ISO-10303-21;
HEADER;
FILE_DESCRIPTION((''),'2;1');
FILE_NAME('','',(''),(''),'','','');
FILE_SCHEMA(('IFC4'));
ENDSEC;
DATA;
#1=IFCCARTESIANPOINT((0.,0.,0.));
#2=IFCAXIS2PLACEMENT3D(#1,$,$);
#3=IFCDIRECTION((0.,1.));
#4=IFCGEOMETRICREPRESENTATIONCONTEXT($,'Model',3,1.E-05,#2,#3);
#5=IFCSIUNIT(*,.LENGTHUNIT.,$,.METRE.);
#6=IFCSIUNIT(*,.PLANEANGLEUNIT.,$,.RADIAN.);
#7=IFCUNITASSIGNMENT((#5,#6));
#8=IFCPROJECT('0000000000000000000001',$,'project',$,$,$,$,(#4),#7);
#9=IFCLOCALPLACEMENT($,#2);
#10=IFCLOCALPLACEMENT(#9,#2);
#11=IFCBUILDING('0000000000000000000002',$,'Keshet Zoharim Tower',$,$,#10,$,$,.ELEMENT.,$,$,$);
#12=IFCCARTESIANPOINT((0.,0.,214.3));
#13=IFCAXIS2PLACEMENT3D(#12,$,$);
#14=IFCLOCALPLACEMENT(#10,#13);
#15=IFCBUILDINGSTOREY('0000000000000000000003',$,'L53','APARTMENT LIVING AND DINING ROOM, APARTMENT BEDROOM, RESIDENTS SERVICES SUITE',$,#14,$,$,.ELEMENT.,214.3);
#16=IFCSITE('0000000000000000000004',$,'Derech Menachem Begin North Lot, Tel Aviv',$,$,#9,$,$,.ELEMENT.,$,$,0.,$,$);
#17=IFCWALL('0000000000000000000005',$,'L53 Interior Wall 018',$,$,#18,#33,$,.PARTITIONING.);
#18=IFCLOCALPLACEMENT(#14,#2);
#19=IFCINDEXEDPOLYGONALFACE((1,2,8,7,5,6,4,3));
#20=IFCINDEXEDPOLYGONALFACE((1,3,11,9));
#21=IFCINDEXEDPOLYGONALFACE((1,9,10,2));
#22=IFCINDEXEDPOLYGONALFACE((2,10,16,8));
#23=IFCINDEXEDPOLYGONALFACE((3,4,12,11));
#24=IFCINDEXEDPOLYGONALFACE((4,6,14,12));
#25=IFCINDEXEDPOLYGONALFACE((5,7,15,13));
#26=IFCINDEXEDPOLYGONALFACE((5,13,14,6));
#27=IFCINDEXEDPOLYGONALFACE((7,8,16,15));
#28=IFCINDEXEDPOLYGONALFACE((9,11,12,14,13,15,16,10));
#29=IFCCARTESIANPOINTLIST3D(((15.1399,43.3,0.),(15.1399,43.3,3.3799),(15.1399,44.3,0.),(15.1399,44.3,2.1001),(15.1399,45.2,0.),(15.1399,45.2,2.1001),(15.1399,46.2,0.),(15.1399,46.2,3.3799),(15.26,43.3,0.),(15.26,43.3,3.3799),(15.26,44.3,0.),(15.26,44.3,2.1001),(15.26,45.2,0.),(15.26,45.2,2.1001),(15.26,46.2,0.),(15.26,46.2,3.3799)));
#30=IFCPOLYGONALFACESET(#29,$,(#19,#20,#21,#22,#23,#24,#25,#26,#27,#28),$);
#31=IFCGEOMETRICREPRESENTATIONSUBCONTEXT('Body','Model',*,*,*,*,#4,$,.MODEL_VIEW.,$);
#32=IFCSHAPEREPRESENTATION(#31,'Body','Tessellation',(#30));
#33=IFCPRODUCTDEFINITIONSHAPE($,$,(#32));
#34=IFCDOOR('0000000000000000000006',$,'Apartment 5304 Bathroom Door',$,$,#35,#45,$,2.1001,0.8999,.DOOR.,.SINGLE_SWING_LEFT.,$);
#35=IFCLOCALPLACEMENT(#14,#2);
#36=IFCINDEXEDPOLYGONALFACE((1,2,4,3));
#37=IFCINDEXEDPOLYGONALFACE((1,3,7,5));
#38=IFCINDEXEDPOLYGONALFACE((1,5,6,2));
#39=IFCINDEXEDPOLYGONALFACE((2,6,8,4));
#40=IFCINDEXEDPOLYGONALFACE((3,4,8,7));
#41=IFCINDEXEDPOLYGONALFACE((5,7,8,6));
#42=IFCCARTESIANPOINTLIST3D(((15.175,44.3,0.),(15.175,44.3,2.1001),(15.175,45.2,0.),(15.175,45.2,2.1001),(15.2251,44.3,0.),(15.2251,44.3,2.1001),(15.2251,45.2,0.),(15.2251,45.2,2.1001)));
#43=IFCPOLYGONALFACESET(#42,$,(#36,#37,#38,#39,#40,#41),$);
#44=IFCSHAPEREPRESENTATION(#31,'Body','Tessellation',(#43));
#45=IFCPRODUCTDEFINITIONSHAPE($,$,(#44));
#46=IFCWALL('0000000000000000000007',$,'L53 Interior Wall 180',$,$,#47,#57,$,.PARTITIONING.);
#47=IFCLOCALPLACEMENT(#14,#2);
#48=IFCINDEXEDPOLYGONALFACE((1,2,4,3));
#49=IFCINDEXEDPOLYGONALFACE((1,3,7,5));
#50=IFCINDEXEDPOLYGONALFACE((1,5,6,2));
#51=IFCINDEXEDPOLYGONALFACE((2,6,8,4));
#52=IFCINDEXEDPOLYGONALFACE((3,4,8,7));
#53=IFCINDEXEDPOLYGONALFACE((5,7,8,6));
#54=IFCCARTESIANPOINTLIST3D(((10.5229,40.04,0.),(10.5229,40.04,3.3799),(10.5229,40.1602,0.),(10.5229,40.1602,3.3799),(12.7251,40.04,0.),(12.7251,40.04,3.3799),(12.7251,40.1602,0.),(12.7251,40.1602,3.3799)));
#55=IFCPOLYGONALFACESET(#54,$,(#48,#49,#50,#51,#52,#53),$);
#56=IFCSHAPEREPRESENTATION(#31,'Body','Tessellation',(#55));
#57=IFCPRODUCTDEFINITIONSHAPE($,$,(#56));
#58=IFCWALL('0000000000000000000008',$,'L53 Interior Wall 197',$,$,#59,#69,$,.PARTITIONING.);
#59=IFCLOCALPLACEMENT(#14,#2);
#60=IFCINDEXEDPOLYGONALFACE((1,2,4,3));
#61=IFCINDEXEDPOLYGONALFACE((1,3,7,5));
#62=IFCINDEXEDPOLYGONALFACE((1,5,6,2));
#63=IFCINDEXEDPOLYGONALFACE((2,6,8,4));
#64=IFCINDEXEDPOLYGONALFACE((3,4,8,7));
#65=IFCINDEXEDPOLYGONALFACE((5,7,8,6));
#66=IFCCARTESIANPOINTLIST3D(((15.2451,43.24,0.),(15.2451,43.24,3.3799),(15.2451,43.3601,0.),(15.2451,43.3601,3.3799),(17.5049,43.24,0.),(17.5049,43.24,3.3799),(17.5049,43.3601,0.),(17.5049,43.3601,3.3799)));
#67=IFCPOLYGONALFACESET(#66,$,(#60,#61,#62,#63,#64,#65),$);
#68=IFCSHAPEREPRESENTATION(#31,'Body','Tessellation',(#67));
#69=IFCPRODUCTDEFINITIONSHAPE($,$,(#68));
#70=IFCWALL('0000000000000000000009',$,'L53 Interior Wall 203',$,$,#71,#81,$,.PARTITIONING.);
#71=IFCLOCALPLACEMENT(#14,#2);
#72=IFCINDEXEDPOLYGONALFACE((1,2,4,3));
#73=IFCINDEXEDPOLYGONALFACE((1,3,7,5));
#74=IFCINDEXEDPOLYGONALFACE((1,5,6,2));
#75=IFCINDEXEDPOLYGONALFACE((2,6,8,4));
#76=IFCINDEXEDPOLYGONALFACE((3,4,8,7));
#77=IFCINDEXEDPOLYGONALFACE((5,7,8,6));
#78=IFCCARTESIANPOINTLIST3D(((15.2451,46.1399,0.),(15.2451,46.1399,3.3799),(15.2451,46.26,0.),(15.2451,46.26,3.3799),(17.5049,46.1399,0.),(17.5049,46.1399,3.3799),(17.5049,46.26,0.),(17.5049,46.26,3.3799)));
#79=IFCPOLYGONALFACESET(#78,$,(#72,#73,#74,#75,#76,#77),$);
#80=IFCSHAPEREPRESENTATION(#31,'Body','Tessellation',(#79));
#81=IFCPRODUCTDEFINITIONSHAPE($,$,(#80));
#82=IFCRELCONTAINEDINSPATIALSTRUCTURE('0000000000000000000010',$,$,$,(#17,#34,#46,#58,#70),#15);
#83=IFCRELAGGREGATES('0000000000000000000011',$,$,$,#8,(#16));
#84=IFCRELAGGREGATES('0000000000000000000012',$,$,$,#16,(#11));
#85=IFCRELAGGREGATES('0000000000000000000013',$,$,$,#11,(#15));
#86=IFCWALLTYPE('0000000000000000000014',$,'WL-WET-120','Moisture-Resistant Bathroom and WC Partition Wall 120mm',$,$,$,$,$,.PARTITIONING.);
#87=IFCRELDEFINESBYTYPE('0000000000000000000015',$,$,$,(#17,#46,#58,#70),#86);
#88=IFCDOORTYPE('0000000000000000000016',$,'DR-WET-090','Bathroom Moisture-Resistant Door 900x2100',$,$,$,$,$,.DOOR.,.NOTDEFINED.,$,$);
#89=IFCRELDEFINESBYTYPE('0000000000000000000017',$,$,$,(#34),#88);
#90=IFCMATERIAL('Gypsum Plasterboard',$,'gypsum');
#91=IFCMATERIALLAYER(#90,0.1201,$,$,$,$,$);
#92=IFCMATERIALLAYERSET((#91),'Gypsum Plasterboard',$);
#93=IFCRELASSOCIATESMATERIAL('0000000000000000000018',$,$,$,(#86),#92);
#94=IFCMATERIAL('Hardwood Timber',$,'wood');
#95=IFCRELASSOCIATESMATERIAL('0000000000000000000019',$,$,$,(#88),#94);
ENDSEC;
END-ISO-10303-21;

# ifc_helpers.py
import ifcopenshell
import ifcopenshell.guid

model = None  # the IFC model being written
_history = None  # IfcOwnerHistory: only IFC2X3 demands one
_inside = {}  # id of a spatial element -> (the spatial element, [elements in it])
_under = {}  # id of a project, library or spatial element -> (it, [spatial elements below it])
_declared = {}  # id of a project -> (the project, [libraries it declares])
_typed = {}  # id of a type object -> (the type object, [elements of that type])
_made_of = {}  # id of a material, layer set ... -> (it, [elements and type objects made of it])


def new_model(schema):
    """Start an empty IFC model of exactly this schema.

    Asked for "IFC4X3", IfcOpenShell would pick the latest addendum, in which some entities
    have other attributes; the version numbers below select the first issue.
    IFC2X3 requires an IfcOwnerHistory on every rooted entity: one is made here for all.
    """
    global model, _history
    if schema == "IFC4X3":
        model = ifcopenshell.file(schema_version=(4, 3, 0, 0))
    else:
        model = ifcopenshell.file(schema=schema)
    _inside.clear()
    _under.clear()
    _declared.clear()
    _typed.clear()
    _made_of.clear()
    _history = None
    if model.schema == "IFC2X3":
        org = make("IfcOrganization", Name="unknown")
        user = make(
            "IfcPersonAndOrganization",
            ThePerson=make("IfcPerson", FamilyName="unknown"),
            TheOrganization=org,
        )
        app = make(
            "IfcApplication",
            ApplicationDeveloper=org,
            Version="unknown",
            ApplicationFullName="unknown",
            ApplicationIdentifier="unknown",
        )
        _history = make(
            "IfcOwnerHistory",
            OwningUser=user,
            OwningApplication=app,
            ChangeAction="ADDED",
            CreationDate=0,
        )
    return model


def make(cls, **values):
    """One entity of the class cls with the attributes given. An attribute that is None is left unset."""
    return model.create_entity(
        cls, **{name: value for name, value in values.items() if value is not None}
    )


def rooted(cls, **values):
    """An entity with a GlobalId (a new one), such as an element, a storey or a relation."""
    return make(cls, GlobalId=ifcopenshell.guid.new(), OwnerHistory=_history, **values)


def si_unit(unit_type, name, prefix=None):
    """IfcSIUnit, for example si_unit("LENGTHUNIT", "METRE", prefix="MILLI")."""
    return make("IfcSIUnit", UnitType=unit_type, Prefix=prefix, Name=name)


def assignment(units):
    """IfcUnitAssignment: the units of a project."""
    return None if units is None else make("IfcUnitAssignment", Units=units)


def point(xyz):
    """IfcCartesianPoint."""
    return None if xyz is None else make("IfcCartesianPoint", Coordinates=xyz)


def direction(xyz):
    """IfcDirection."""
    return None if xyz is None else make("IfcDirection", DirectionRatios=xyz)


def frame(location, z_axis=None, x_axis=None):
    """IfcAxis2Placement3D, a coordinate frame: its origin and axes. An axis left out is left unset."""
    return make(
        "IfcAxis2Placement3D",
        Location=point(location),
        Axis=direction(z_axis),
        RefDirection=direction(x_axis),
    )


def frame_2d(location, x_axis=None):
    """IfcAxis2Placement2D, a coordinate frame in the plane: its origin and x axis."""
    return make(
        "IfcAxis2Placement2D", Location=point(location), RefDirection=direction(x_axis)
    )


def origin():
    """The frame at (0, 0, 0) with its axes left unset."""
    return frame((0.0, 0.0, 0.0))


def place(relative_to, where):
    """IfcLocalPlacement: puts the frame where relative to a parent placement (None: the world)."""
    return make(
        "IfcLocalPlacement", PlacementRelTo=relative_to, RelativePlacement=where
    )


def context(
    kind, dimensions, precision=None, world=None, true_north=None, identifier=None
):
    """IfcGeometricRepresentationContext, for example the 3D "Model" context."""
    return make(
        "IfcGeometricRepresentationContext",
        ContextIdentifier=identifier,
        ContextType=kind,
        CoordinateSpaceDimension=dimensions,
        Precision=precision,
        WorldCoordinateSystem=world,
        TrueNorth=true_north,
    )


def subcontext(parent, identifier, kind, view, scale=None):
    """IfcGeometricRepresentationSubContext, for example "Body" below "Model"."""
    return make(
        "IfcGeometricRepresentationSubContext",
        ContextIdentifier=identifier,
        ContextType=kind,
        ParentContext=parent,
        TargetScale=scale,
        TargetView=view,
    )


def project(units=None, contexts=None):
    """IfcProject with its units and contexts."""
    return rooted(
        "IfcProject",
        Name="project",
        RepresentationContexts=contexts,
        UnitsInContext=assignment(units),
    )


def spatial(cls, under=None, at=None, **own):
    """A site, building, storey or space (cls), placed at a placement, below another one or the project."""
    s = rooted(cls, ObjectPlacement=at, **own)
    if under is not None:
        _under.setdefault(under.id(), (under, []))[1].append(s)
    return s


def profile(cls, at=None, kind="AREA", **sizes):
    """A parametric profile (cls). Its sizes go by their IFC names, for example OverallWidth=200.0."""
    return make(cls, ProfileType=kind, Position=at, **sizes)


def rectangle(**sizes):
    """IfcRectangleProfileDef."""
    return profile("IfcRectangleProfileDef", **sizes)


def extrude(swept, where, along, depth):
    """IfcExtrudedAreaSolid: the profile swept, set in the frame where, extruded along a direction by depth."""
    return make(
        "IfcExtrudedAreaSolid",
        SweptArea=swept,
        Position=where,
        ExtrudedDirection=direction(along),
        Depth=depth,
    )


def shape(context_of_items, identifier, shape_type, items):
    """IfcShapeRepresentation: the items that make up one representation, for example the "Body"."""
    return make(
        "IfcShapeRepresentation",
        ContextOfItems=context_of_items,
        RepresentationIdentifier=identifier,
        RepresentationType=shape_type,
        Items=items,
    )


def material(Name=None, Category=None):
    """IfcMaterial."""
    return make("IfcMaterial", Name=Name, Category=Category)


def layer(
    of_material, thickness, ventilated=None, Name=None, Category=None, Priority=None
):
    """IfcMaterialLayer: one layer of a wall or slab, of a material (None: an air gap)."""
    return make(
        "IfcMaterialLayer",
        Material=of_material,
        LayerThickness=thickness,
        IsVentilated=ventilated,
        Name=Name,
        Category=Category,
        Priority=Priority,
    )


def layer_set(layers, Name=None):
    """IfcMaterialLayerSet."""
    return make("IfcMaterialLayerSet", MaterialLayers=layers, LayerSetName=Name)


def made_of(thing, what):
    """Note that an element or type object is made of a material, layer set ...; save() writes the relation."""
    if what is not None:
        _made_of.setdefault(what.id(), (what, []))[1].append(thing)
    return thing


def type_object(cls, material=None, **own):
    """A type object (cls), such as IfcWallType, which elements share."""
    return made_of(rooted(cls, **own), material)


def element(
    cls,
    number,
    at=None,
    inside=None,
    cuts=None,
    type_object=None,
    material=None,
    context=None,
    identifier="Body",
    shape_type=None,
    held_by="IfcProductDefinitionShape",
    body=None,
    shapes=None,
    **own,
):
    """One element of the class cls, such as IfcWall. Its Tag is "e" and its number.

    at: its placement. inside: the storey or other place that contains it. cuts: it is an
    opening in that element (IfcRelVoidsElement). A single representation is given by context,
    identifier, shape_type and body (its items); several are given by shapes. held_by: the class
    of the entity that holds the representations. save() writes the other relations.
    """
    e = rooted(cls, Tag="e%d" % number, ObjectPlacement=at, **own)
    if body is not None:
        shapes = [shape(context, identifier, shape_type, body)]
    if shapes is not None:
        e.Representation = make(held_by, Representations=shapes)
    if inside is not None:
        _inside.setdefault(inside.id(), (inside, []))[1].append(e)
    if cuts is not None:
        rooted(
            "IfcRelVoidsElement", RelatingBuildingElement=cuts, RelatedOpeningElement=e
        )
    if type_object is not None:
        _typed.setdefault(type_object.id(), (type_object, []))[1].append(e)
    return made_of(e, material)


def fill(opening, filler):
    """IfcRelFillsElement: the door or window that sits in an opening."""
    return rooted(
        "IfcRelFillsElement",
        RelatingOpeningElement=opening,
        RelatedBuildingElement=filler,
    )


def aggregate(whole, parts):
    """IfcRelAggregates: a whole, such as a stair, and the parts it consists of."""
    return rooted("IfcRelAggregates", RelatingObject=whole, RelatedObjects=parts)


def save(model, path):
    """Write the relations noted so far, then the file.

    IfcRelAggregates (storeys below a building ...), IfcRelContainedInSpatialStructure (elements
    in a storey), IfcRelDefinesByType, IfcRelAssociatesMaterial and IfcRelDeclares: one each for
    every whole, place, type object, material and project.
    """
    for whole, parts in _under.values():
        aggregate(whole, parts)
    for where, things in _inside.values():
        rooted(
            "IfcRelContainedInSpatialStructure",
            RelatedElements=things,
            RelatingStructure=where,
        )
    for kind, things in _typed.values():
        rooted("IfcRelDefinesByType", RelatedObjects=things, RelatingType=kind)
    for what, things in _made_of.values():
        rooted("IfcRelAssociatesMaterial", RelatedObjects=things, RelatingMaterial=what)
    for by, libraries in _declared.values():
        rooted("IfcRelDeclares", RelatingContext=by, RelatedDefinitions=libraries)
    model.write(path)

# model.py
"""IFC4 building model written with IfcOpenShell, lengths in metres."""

from ifc_helpers import new_model, si_unit, direction, frame, frame_2d, origin, place, context, subcontext, project, spatial, rectangle, extrude, material, layer, layer_set, type_object, element, fill, save


model = new_model("IFC4")

# Units and contexts
model_context = context("Model", 3, precision=1e-05, world=origin(), true_north=direction((0.0, 1.0)))
body_context = subcontext(model_context, "Body", "Model", "MODEL_VIEW")
ifc_project = project(units=[si_unit("LENGTHUNIT", "METRE"), si_unit("PLANEANGLEUNIT", "RADIAN")], contexts=[model_context])

# Site, building, storey
site_placement = place(None, origin())
site = spatial("IfcSite", under=ifc_project, at=site_placement, Name="Derech Menachem Begin North Lot, Tel Aviv", CompositionType="ELEMENT", RefElevation=0.0)
building_placement = place(site_placement, origin())
building = spatial("IfcBuilding", under=site, at=building_placement, Name="Keshet Zoharim Tower", CompositionType="ELEMENT")
storey_placement = place(building_placement, frame((0.0, 0.0, 214.3)))
storey = spatial("IfcBuildingStorey", under=building, at=storey_placement, Name="L53", Description="APARTMENT LIVING AND DINING ROOM, APARTMENT BEDROOM, RESIDENTS SERVICES SUITE", CompositionType="ELEMENT", Elevation=214.3)

# Shared definitions
ifc_material_1 = material(Name="Gypsum Plasterboard", Category="gypsum")
ifc_material_2 = material(Name="Hardwood Timber", Category="wood")

# Wall, opening, door
ifc_layer_1 = layer(ifc_material_1, 0.1201)
ifc_layer_set_1 = layer_set([ifc_layer_1], Name="Gypsum Plasterboard")
wall_type_1 = type_object("IfcWallType", Name="WL-WET-120", Description="Moisture-Resistant Bathroom and WC Partition Wall 120mm", PredefinedType="PARTITIONING", material=ifc_layer_set_1)
wall_1_placement = place(storey_placement, frame((15.2, 43.3, 0.0), z_axis=(0.0, 0.0, 1.0), x_axis=(0.0, 1.0, 0.0)))
wall_1 = element("IfcWall", 1, at=wall_1_placement, inside=storey, type_object=wall_type_1, Name="L53 Interior Wall 018", PredefinedType="PARTITIONING", context=body_context, shape_type="SweptSolid", body=[
    extrude(rectangle(XDim=2.8999, YDim=0.1201, at=frame_2d((1.45, 0.0))), origin(), (0.0, 0.0, 1.0), 3.3799),
])
opening_1_placement = place(wall_1_placement, frame((1.0, 0.0, 0.0)))
opening_1 = element("IfcOpeningElement", 2, at=opening_1_placement, cuts=wall_1, PredefinedType="OPENING", context=body_context, shape_type="SweptSolid", body=[
    extrude(rectangle(XDim=0.8999, YDim=2.1001, at=frame_2d((0.45, 1.05))), frame((0.0, 0.0701, 0.0), z_axis=(0.0, -1.0, 0.0), x_axis=(1.0, 0.0, 0.0)), (0.0, 0.0, 1.0), 0.1401),
])
door_type_1 = type_object("IfcDoorType", Name="DR-WET-090", Description="Bathroom Moisture-Resistant Door 900x2100", OperationType="NOTDEFINED", PredefinedType="DOOR", material=ifc_material_2)
door_1_placement = place(opening_1_placement, origin())
door_1 = element("IfcDoor", 3, at=door_1_placement, inside=storey, type_object=door_type_1, Name="Apartment 5304 Bathroom Door", OperationType="SINGLE_SWING_LEFT", OverallHeight=2.1001, OverallWidth=0.8999, PredefinedType="DOOR", context=body_context, shape_type="SweptSolid", body=[
    extrude(rectangle(XDim=0.8999, YDim=2.1001, at=frame_2d((0.45, 1.05))), frame((0.0, 0.0249, 0.0), z_axis=(0.0, -1.0, 0.0), x_axis=(1.0, 0.0, 0.0)), (0.0, 0.0, 1.0), 0.05),
])
fill(opening_1, door_1)

# Walls
wall_2_placement = place(storey_placement, frame((10.5229, 40.1001, 0.0), z_axis=(0.0, 0.0, 1.0), x_axis=(1.0, 0.0, 0.0)))
element("IfcWall", 4, at=wall_2_placement, inside=storey, type_object=wall_type_1, Name="L53 Interior Wall 180", PredefinedType="PARTITIONING", context=body_context, shape_type="SweptSolid", body=[
    extrude(rectangle(XDim=2.2021, YDim=0.1201, at=frame_2d((1.1011, 0.0))), origin(), (0.0, 0.0, 1.0), 3.3799),
])
for number, where, z_axis, x_axis, name in (
    (5, (15.2451, 43.3, 0.0), (0.0, 0.0, 1.0), (1.0, 0.0, 0.0), "L53 Interior Wall 197"),
    (6, (15.2451, 46.2, 0.0), (0.0, 0.0, 1.0), (1.0, 0.0, 0.0), "L53 Interior Wall 203"),
):
    element("IfcWall", number, at=place(storey_placement, frame(where, z_axis=z_axis, x_axis=x_axis)), inside=storey, type_object=wall_type_1, Name=name, PredefinedType="PARTITIONING", context=body_context, shape_type="SweptSolid", body=[
        extrude(rectangle(XDim=2.2598, YDim=0.1201, at=frame_2d((1.1299, 0.0))), origin(), (0.0, 0.0, 1.0), 3.3799),
    ])

save(model, "model.ifc")
